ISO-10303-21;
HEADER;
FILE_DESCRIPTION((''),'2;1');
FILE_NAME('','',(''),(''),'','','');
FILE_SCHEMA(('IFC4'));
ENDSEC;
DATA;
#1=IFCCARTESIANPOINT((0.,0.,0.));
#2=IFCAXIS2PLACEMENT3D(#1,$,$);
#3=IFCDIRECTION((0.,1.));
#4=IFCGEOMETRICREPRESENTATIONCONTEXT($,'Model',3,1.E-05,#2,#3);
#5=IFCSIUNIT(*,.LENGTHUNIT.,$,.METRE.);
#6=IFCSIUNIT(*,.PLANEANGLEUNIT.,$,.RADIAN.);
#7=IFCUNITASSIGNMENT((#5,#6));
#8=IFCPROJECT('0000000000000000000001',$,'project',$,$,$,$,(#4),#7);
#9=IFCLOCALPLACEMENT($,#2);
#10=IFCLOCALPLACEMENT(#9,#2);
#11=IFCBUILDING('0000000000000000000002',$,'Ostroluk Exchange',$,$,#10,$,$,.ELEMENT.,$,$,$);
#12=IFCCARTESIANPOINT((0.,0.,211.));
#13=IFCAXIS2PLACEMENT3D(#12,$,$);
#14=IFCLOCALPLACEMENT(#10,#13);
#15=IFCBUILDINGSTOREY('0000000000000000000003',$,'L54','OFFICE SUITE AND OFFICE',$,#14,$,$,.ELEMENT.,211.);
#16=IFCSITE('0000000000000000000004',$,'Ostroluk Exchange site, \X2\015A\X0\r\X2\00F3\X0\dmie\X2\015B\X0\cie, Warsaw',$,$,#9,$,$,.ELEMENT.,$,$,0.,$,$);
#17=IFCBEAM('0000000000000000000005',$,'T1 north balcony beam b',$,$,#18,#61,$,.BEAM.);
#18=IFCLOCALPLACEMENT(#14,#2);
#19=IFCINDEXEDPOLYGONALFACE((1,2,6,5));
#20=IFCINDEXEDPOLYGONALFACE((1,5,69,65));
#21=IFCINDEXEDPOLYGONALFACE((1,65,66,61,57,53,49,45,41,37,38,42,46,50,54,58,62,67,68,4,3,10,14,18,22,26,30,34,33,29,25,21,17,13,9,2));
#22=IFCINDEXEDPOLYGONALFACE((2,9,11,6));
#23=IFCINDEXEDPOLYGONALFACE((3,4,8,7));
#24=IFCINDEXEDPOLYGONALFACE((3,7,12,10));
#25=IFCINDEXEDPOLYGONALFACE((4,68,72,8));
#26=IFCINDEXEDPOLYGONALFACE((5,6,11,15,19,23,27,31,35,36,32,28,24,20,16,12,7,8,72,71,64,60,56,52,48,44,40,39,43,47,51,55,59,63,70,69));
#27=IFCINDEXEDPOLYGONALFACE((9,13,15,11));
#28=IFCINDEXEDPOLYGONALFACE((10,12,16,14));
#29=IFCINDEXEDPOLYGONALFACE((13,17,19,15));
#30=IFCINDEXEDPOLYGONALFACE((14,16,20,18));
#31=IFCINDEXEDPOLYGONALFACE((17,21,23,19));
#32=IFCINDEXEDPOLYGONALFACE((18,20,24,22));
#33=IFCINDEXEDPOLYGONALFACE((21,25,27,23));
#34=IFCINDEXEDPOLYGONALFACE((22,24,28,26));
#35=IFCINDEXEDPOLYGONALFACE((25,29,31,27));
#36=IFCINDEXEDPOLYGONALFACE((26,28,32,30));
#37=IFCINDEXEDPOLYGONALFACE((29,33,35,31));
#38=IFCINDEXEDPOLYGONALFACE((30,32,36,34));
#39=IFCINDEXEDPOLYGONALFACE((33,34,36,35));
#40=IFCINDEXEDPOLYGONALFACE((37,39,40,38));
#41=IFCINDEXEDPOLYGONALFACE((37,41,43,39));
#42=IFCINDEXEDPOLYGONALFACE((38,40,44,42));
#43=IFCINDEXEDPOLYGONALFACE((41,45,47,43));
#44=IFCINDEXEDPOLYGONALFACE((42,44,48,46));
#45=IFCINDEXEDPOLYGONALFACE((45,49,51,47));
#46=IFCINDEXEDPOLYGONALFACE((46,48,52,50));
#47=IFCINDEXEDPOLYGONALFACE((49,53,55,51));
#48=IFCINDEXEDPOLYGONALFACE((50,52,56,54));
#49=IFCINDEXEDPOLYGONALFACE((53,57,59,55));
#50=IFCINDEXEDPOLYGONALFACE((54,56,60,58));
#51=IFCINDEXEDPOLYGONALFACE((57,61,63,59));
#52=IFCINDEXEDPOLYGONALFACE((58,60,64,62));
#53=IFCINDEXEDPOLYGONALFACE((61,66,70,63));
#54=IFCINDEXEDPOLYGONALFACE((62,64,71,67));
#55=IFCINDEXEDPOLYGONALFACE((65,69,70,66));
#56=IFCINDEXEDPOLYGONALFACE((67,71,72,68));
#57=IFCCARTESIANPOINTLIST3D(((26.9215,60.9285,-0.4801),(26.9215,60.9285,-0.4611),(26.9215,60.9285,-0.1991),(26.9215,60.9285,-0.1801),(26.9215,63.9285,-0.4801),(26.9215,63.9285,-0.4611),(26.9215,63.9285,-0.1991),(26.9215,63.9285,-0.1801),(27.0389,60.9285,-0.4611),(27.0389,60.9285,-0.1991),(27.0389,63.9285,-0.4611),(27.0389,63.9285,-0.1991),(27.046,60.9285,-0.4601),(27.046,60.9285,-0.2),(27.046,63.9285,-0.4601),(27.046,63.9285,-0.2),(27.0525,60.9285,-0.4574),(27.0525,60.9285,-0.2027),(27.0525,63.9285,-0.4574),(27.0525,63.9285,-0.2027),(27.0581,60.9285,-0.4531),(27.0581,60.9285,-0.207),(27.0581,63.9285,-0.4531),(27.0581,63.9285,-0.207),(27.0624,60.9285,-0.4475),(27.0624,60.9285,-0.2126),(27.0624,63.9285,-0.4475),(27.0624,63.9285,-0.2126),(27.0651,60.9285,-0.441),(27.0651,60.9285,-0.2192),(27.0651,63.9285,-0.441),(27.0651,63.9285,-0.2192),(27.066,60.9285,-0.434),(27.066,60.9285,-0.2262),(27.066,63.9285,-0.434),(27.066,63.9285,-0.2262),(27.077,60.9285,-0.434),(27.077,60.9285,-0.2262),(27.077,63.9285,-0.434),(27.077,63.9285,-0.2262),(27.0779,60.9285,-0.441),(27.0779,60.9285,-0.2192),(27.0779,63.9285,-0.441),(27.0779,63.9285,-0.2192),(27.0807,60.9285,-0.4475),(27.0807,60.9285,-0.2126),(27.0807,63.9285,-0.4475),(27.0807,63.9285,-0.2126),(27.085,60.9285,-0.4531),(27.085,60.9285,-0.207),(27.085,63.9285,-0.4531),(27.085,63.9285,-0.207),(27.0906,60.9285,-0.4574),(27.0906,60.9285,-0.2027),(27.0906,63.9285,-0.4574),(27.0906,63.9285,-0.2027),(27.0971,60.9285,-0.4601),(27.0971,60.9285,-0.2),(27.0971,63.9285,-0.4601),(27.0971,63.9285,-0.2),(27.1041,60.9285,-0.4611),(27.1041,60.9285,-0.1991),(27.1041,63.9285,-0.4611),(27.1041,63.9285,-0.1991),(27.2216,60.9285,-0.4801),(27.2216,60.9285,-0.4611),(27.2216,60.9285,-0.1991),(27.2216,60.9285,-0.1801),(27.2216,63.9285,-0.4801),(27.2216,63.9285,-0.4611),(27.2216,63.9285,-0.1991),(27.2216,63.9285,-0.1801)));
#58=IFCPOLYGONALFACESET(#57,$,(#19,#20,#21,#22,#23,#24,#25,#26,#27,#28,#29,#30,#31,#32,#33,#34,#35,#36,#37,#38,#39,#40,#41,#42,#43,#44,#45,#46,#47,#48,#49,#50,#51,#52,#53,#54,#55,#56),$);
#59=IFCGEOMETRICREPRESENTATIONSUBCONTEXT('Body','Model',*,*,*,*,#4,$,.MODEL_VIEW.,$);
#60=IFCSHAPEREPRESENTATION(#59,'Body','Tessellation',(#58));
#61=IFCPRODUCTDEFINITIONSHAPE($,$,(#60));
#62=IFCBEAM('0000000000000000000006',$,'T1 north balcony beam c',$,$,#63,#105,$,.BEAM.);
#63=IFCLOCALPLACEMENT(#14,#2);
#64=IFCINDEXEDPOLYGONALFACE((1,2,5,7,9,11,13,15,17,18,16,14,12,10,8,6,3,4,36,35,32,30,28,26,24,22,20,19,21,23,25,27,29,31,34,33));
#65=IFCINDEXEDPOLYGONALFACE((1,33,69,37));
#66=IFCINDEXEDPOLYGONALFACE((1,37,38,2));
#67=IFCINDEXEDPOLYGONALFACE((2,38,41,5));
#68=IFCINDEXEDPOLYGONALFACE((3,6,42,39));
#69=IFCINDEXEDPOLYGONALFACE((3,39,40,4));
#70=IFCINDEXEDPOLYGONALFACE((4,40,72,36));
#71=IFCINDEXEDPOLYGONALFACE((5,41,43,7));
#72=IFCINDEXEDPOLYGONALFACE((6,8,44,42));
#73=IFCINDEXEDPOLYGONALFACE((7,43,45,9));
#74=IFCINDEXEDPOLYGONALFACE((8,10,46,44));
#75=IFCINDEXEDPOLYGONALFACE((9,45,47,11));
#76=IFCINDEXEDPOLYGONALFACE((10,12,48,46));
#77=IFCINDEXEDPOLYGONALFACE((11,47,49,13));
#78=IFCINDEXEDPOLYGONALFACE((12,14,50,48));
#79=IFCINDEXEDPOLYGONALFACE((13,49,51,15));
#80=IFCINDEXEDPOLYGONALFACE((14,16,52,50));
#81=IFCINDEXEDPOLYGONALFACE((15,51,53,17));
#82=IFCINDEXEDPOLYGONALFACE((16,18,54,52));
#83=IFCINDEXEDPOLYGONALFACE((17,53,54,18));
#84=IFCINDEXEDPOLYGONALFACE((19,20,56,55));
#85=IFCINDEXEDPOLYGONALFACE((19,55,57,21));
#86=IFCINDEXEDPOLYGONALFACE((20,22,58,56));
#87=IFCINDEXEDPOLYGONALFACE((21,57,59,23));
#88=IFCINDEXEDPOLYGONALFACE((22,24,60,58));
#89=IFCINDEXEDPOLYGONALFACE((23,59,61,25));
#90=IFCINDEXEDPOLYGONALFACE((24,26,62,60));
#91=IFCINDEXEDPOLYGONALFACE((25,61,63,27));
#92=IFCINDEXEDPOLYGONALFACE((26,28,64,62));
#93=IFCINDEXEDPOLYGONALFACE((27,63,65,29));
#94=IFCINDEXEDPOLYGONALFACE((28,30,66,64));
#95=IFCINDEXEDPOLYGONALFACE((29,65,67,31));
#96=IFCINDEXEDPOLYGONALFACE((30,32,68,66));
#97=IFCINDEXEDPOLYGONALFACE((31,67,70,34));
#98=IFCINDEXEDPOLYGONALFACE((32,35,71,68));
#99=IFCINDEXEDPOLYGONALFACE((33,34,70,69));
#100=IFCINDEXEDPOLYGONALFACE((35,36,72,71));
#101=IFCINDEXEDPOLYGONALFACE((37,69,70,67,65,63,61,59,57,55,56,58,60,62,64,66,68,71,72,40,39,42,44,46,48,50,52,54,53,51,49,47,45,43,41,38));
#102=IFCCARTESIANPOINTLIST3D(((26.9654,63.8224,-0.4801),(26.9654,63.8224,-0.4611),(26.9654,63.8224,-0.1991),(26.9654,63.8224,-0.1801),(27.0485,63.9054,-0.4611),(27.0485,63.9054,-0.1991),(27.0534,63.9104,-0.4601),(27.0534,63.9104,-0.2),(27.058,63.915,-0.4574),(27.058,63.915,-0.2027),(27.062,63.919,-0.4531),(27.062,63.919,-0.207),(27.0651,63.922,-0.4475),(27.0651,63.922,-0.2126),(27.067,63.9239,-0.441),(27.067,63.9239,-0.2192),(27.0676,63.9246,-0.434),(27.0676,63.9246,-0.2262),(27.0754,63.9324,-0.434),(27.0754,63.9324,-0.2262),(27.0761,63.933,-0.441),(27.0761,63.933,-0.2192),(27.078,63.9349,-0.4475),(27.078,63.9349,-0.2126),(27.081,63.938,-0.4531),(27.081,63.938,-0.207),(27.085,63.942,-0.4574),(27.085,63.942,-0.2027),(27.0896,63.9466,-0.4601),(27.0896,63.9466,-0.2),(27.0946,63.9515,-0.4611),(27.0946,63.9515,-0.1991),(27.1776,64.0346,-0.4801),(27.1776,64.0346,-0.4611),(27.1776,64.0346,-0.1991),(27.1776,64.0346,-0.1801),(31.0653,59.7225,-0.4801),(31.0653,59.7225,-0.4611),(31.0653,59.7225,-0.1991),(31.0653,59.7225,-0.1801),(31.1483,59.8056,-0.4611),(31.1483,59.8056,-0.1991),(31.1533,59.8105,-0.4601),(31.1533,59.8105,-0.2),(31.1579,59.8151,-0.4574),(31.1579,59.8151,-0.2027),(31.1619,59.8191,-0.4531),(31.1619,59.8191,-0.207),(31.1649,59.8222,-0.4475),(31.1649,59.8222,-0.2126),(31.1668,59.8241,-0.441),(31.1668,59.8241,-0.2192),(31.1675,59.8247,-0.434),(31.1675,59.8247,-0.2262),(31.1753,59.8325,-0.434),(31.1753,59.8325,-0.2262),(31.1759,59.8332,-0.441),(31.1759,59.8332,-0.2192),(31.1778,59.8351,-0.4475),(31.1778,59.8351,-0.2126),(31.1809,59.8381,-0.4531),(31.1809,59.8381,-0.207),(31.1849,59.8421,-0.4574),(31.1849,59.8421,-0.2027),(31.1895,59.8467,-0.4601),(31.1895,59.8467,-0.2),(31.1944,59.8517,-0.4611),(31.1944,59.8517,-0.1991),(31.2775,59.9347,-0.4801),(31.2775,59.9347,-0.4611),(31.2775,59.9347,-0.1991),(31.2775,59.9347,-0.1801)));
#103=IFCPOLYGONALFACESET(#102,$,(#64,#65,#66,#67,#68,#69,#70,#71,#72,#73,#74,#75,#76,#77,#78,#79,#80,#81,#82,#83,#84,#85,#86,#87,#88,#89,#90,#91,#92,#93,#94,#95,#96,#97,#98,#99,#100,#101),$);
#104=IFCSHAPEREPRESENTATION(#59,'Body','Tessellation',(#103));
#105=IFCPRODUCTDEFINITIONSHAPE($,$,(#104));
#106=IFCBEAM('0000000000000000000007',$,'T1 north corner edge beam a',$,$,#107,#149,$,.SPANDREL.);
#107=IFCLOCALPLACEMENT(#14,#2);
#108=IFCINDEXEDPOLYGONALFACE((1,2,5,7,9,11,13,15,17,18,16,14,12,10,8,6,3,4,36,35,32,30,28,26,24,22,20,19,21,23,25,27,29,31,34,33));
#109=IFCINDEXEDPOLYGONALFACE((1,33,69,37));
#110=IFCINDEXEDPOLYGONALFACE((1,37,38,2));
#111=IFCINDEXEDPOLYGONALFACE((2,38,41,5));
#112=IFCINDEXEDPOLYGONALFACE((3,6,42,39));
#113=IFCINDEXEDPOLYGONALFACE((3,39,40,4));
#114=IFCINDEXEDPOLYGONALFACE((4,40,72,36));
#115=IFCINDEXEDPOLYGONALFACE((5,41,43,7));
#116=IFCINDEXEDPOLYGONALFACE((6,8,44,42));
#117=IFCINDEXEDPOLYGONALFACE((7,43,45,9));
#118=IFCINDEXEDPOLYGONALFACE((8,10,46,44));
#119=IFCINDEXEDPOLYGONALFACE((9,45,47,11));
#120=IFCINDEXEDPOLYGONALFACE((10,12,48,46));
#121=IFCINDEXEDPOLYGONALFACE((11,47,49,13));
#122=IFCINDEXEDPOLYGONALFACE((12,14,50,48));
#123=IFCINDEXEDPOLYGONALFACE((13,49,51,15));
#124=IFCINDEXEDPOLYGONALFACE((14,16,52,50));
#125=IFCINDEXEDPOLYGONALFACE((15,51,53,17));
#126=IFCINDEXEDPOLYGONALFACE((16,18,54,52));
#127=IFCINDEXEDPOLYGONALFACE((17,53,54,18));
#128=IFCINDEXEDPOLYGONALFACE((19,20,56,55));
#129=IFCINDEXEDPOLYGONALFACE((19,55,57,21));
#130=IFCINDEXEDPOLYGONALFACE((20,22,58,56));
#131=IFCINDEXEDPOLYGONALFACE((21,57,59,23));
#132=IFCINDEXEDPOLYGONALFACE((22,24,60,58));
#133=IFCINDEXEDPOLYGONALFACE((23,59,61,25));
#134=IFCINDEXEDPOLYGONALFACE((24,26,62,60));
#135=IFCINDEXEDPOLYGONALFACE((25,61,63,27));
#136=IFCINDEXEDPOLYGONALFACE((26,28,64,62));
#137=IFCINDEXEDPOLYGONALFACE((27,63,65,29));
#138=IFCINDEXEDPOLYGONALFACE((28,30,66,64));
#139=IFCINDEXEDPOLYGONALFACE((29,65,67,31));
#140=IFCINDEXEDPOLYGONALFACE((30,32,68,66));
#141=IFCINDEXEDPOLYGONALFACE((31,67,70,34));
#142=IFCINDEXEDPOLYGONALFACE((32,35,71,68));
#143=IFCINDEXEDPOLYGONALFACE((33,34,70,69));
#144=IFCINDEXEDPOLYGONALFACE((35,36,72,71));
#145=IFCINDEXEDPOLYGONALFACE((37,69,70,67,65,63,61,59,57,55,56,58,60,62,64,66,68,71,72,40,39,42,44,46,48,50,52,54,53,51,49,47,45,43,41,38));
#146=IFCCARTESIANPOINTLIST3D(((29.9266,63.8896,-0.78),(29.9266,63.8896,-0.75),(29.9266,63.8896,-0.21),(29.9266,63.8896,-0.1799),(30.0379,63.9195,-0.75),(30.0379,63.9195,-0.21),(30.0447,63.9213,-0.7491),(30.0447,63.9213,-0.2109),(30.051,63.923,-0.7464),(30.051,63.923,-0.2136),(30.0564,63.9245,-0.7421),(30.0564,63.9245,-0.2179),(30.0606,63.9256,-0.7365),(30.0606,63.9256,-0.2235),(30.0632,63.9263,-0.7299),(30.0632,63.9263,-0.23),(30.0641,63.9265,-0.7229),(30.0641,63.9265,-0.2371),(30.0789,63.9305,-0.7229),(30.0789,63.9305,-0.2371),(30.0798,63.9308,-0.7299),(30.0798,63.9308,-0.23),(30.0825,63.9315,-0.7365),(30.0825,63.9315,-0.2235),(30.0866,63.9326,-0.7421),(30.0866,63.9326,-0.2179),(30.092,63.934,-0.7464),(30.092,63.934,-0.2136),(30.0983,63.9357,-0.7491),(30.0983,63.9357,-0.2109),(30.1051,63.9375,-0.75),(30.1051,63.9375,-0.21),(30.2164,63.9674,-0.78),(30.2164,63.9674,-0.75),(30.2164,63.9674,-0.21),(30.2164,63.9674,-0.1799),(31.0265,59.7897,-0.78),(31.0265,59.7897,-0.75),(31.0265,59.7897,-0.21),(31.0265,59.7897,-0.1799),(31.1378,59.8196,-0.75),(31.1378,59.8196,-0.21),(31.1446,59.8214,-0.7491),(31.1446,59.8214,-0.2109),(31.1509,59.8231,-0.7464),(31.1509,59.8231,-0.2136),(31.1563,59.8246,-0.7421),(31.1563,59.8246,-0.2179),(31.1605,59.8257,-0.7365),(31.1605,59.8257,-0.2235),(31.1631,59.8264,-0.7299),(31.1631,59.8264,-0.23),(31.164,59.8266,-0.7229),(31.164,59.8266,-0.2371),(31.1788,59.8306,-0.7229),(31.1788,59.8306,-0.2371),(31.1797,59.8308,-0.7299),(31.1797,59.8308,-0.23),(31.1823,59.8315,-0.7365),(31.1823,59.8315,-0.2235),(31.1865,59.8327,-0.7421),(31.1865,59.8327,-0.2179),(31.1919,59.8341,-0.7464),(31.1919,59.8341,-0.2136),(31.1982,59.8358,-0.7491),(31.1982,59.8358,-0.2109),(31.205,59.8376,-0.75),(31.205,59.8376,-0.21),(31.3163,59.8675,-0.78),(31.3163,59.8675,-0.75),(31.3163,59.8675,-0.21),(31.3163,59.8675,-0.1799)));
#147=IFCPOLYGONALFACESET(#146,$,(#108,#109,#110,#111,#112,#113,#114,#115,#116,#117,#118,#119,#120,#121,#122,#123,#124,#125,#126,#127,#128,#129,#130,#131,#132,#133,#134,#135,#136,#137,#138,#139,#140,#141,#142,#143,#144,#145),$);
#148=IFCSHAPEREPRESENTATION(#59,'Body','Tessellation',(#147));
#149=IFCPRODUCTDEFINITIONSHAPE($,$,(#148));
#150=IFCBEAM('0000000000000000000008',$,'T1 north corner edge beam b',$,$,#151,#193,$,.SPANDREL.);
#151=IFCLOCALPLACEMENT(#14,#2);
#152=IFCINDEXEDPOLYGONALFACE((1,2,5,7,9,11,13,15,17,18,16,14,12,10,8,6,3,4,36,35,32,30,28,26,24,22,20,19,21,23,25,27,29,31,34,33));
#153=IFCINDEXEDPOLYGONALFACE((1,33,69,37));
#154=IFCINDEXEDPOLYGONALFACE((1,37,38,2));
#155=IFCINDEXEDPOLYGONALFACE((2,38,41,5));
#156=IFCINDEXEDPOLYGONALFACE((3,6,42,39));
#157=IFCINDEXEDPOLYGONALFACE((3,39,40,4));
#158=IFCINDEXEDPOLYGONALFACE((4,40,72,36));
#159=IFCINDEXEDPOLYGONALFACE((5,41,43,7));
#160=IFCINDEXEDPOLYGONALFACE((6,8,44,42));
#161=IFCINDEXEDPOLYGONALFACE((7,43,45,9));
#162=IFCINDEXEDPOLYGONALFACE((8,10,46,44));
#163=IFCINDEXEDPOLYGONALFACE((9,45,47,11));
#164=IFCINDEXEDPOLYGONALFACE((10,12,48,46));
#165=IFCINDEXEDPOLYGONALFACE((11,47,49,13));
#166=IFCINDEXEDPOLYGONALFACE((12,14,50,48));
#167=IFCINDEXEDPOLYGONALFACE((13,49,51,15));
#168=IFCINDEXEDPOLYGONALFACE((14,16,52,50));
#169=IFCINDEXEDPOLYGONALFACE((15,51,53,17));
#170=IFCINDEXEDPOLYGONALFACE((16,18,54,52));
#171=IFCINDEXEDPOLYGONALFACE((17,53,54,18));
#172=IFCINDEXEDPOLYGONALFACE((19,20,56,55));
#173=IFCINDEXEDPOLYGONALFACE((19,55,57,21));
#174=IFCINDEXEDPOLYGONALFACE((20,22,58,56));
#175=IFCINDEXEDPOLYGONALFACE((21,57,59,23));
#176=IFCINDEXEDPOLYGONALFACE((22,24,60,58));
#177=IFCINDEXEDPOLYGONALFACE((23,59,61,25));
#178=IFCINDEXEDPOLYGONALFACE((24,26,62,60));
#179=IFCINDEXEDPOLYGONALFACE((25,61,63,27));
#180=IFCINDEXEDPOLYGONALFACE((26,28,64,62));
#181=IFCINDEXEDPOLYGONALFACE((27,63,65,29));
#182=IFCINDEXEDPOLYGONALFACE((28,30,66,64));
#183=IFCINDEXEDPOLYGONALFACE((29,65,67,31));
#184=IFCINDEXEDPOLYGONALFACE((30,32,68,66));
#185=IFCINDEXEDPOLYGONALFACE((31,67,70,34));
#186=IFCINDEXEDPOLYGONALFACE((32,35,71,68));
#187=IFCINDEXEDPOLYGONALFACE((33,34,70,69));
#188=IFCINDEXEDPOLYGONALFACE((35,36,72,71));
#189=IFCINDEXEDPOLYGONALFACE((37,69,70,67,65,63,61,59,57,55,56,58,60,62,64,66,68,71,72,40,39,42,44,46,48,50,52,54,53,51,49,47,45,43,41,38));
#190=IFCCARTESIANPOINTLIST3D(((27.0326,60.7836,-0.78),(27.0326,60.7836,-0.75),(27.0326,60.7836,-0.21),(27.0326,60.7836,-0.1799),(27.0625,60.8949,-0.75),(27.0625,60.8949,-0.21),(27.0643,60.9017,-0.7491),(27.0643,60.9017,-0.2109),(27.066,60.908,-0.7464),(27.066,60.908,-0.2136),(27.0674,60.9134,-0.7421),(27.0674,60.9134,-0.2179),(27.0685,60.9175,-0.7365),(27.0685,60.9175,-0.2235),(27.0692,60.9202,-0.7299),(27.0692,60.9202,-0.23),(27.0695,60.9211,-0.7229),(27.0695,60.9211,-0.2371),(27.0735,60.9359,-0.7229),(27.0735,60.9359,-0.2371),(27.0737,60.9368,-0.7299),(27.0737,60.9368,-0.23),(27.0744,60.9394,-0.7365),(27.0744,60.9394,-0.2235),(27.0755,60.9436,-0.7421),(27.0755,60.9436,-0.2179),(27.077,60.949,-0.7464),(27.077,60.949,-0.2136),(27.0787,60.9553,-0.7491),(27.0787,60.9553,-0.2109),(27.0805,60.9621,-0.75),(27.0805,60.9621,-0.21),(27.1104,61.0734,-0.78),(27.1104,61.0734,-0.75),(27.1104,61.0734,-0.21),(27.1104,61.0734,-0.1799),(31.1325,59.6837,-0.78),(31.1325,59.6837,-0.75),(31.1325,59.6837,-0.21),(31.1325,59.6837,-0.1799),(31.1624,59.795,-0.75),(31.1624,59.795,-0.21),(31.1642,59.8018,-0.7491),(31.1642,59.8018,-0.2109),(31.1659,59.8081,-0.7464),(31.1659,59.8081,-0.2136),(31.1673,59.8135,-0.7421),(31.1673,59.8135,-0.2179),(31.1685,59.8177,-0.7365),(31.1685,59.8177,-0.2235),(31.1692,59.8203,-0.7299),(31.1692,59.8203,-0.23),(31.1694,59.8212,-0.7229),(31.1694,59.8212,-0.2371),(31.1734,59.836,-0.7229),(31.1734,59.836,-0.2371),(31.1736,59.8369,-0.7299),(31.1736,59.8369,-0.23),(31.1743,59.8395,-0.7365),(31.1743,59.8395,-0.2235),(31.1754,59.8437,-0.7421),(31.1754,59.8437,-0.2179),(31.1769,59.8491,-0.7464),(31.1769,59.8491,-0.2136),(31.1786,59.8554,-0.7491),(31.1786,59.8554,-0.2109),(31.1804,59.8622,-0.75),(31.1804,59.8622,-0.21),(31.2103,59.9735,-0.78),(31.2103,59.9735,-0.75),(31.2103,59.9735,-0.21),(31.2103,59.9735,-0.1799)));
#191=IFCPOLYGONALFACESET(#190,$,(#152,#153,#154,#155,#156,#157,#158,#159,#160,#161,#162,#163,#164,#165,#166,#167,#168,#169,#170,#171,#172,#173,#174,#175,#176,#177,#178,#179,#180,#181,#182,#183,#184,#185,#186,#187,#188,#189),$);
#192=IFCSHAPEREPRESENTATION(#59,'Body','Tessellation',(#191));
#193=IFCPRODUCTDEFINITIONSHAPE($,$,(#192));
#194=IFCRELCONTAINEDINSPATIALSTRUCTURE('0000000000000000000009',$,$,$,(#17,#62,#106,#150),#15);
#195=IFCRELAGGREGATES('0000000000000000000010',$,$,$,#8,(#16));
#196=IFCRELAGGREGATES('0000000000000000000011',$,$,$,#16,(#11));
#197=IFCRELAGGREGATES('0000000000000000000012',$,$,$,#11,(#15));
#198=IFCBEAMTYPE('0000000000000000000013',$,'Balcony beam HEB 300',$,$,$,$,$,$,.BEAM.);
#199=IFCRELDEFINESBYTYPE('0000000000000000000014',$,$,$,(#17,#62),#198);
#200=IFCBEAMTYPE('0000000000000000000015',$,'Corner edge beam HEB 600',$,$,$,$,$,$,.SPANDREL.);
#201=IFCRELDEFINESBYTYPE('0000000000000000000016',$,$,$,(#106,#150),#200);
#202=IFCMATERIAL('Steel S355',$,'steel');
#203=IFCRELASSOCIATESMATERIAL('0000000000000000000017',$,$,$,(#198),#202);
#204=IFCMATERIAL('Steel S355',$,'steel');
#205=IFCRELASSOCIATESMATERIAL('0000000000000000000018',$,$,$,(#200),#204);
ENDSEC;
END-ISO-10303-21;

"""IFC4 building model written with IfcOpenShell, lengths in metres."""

from ifc_helpers import new_model, si_unit, direction, frame, origin, origin_2d, place, context, subcontext, project, spatial, i_section, extrude, material, material_profile, profile_set, type_object, element, save


model = new_model("IFC4")

# Units and contexts
model_context = context("Model", 3, precision=1e-05, world=origin(), true_north=direction((0.0, 1.0)))
body_context = subcontext(model_context, "Body", "Model", "MODEL_VIEW")
ifc_project = project(units=[si_unit("LENGTHUNIT", "METRE"), si_unit("PLANEANGLEUNIT", "RADIAN")], contexts=[model_context])

# Site, building, storey
site_placement = place(None, origin())
site = spatial("IfcSite", under=ifc_project, at=site_placement, Name="Ostroluk Exchange site, Śródmieście, Warsaw", CompositionType="ELEMENT", RefElevation=0.0)
building_placement = place(site_placement, origin())
building = spatial("IfcBuilding", under=site, at=building_placement, Name="Ostroluk Exchange", CompositionType="ELEMENT")
storey_placement = place(building_placement, frame((0.0, 0.0, 211.0)))
storey = spatial("IfcBuildingStorey", under=building, at=storey_placement, Name="L54", Description="OFFICE SUITE AND OFFICE", CompositionType="ELEMENT", Elevation=211.0)

# Beams
ifc_material_1 = material(Name="Steel S355", Category="steel")
ifc_material_profile_1 = material_profile(ifc_material_1, i_section(OverallWidth=0.3, OverallDepth=0.3, WebThickness=0.011, FlangeThickness=0.019, FilletRadius=0.0271, at=origin_2d()), Name="HEB 300")
ifc_profile_set_1 = profile_set([ifc_material_profile_1], Name="Steel S355")
beam_type_1 = type_object("IfcBeamType", Name="Balcony beam HEB 300", PredefinedType="BEAM", material=ifc_profile_set_1)
for number, where, z_axis, x_axis, name in (
    (1, (27.0715, 60.9285, -0.3301), (0.0, 1.0, 0.0), (-1.0, 0.0, 0.0), "T1 north balcony beam b"),
):
    element("IfcBeam", number, at=place(storey_placement, frame(where, z_axis=z_axis, x_axis=x_axis)), inside=storey, type_object=beam_type_1, Name=name, PredefinedType="BEAM", context=body_context, shape_type="SweptSolid", body=[
        extrude(i_section(OverallWidth=0.3, OverallDepth=0.3, WebThickness=0.011, FlangeThickness=0.019, FilletRadius=0.0271, at=origin_2d()), origin(), (0.0, 0.0, 1.0), 3.0),
    ])
beam_1_placement = place(storey_placement, frame((31.1714, 59.8286, -0.3301), z_axis=(-0.707107, 0.707107, 0.0), x_axis=(-0.707107, -0.707107, 0.0)))
element("IfcBeam", 2, at=beam_1_placement, inside=storey, type_object=beam_type_1, Name="T1 north balcony beam c", PredefinedType="BEAM", context=body_context, shape_type="SweptSolid", body=[
    extrude(i_section(OverallWidth=0.3, OverallDepth=0.3, WebThickness=0.011, FlangeThickness=0.019, FilletRadius=0.0271, at=origin_2d()), origin(), (0.0, 0.0, 1.0), 5.7981),
])
ifc_material_2 = material(Name="Steel S355", Category="steel")
ifc_material_profile_2 = material_profile(ifc_material_2, i_section(OverallWidth=0.3, OverallDepth=0.6001, WebThickness=0.0154, FlangeThickness=0.03, FilletRadius=0.0271, at=origin_2d()), Name="HEB 600")
ifc_profile_set_2 = profile_set([ifc_material_profile_2], Name="Steel S355")
beam_type_2 = type_object("IfcBeamType", Name="Corner edge beam HEB 600", PredefinedType="SPANDREL", material=ifc_profile_set_2)
for number, where, z_axis, x_axis, name in (
    (3, (31.1714, 59.8286, -0.48), (-0.259105, 0.965849, 0.0), (-0.965849, -0.259105, 0.0), "T1 north corner edge beam a"),
    (4, (31.1714, 59.8286, -0.48), (-0.965849, 0.259105, 0.0), (-0.259105, -0.965849, 0.0), "T1 north corner edge beam b"),
):
    element("IfcBeam", number, at=place(storey_placement, frame(where, z_axis=z_axis, x_axis=x_axis)), inside=storey, type_object=beam_type_2, Name=name, PredefinedType="SPANDREL", context=body_context, shape_type="SweptSolid", body=[
        extrude(i_section(OverallWidth=0.3, OverallDepth=0.6001, WebThickness=0.0154, FlangeThickness=0.03, FilletRadius=0.0271, at=origin_2d()), origin(), (0.0, 0.0, 1.0), 4.2449),
    ])

save(model, "model.ifc")
